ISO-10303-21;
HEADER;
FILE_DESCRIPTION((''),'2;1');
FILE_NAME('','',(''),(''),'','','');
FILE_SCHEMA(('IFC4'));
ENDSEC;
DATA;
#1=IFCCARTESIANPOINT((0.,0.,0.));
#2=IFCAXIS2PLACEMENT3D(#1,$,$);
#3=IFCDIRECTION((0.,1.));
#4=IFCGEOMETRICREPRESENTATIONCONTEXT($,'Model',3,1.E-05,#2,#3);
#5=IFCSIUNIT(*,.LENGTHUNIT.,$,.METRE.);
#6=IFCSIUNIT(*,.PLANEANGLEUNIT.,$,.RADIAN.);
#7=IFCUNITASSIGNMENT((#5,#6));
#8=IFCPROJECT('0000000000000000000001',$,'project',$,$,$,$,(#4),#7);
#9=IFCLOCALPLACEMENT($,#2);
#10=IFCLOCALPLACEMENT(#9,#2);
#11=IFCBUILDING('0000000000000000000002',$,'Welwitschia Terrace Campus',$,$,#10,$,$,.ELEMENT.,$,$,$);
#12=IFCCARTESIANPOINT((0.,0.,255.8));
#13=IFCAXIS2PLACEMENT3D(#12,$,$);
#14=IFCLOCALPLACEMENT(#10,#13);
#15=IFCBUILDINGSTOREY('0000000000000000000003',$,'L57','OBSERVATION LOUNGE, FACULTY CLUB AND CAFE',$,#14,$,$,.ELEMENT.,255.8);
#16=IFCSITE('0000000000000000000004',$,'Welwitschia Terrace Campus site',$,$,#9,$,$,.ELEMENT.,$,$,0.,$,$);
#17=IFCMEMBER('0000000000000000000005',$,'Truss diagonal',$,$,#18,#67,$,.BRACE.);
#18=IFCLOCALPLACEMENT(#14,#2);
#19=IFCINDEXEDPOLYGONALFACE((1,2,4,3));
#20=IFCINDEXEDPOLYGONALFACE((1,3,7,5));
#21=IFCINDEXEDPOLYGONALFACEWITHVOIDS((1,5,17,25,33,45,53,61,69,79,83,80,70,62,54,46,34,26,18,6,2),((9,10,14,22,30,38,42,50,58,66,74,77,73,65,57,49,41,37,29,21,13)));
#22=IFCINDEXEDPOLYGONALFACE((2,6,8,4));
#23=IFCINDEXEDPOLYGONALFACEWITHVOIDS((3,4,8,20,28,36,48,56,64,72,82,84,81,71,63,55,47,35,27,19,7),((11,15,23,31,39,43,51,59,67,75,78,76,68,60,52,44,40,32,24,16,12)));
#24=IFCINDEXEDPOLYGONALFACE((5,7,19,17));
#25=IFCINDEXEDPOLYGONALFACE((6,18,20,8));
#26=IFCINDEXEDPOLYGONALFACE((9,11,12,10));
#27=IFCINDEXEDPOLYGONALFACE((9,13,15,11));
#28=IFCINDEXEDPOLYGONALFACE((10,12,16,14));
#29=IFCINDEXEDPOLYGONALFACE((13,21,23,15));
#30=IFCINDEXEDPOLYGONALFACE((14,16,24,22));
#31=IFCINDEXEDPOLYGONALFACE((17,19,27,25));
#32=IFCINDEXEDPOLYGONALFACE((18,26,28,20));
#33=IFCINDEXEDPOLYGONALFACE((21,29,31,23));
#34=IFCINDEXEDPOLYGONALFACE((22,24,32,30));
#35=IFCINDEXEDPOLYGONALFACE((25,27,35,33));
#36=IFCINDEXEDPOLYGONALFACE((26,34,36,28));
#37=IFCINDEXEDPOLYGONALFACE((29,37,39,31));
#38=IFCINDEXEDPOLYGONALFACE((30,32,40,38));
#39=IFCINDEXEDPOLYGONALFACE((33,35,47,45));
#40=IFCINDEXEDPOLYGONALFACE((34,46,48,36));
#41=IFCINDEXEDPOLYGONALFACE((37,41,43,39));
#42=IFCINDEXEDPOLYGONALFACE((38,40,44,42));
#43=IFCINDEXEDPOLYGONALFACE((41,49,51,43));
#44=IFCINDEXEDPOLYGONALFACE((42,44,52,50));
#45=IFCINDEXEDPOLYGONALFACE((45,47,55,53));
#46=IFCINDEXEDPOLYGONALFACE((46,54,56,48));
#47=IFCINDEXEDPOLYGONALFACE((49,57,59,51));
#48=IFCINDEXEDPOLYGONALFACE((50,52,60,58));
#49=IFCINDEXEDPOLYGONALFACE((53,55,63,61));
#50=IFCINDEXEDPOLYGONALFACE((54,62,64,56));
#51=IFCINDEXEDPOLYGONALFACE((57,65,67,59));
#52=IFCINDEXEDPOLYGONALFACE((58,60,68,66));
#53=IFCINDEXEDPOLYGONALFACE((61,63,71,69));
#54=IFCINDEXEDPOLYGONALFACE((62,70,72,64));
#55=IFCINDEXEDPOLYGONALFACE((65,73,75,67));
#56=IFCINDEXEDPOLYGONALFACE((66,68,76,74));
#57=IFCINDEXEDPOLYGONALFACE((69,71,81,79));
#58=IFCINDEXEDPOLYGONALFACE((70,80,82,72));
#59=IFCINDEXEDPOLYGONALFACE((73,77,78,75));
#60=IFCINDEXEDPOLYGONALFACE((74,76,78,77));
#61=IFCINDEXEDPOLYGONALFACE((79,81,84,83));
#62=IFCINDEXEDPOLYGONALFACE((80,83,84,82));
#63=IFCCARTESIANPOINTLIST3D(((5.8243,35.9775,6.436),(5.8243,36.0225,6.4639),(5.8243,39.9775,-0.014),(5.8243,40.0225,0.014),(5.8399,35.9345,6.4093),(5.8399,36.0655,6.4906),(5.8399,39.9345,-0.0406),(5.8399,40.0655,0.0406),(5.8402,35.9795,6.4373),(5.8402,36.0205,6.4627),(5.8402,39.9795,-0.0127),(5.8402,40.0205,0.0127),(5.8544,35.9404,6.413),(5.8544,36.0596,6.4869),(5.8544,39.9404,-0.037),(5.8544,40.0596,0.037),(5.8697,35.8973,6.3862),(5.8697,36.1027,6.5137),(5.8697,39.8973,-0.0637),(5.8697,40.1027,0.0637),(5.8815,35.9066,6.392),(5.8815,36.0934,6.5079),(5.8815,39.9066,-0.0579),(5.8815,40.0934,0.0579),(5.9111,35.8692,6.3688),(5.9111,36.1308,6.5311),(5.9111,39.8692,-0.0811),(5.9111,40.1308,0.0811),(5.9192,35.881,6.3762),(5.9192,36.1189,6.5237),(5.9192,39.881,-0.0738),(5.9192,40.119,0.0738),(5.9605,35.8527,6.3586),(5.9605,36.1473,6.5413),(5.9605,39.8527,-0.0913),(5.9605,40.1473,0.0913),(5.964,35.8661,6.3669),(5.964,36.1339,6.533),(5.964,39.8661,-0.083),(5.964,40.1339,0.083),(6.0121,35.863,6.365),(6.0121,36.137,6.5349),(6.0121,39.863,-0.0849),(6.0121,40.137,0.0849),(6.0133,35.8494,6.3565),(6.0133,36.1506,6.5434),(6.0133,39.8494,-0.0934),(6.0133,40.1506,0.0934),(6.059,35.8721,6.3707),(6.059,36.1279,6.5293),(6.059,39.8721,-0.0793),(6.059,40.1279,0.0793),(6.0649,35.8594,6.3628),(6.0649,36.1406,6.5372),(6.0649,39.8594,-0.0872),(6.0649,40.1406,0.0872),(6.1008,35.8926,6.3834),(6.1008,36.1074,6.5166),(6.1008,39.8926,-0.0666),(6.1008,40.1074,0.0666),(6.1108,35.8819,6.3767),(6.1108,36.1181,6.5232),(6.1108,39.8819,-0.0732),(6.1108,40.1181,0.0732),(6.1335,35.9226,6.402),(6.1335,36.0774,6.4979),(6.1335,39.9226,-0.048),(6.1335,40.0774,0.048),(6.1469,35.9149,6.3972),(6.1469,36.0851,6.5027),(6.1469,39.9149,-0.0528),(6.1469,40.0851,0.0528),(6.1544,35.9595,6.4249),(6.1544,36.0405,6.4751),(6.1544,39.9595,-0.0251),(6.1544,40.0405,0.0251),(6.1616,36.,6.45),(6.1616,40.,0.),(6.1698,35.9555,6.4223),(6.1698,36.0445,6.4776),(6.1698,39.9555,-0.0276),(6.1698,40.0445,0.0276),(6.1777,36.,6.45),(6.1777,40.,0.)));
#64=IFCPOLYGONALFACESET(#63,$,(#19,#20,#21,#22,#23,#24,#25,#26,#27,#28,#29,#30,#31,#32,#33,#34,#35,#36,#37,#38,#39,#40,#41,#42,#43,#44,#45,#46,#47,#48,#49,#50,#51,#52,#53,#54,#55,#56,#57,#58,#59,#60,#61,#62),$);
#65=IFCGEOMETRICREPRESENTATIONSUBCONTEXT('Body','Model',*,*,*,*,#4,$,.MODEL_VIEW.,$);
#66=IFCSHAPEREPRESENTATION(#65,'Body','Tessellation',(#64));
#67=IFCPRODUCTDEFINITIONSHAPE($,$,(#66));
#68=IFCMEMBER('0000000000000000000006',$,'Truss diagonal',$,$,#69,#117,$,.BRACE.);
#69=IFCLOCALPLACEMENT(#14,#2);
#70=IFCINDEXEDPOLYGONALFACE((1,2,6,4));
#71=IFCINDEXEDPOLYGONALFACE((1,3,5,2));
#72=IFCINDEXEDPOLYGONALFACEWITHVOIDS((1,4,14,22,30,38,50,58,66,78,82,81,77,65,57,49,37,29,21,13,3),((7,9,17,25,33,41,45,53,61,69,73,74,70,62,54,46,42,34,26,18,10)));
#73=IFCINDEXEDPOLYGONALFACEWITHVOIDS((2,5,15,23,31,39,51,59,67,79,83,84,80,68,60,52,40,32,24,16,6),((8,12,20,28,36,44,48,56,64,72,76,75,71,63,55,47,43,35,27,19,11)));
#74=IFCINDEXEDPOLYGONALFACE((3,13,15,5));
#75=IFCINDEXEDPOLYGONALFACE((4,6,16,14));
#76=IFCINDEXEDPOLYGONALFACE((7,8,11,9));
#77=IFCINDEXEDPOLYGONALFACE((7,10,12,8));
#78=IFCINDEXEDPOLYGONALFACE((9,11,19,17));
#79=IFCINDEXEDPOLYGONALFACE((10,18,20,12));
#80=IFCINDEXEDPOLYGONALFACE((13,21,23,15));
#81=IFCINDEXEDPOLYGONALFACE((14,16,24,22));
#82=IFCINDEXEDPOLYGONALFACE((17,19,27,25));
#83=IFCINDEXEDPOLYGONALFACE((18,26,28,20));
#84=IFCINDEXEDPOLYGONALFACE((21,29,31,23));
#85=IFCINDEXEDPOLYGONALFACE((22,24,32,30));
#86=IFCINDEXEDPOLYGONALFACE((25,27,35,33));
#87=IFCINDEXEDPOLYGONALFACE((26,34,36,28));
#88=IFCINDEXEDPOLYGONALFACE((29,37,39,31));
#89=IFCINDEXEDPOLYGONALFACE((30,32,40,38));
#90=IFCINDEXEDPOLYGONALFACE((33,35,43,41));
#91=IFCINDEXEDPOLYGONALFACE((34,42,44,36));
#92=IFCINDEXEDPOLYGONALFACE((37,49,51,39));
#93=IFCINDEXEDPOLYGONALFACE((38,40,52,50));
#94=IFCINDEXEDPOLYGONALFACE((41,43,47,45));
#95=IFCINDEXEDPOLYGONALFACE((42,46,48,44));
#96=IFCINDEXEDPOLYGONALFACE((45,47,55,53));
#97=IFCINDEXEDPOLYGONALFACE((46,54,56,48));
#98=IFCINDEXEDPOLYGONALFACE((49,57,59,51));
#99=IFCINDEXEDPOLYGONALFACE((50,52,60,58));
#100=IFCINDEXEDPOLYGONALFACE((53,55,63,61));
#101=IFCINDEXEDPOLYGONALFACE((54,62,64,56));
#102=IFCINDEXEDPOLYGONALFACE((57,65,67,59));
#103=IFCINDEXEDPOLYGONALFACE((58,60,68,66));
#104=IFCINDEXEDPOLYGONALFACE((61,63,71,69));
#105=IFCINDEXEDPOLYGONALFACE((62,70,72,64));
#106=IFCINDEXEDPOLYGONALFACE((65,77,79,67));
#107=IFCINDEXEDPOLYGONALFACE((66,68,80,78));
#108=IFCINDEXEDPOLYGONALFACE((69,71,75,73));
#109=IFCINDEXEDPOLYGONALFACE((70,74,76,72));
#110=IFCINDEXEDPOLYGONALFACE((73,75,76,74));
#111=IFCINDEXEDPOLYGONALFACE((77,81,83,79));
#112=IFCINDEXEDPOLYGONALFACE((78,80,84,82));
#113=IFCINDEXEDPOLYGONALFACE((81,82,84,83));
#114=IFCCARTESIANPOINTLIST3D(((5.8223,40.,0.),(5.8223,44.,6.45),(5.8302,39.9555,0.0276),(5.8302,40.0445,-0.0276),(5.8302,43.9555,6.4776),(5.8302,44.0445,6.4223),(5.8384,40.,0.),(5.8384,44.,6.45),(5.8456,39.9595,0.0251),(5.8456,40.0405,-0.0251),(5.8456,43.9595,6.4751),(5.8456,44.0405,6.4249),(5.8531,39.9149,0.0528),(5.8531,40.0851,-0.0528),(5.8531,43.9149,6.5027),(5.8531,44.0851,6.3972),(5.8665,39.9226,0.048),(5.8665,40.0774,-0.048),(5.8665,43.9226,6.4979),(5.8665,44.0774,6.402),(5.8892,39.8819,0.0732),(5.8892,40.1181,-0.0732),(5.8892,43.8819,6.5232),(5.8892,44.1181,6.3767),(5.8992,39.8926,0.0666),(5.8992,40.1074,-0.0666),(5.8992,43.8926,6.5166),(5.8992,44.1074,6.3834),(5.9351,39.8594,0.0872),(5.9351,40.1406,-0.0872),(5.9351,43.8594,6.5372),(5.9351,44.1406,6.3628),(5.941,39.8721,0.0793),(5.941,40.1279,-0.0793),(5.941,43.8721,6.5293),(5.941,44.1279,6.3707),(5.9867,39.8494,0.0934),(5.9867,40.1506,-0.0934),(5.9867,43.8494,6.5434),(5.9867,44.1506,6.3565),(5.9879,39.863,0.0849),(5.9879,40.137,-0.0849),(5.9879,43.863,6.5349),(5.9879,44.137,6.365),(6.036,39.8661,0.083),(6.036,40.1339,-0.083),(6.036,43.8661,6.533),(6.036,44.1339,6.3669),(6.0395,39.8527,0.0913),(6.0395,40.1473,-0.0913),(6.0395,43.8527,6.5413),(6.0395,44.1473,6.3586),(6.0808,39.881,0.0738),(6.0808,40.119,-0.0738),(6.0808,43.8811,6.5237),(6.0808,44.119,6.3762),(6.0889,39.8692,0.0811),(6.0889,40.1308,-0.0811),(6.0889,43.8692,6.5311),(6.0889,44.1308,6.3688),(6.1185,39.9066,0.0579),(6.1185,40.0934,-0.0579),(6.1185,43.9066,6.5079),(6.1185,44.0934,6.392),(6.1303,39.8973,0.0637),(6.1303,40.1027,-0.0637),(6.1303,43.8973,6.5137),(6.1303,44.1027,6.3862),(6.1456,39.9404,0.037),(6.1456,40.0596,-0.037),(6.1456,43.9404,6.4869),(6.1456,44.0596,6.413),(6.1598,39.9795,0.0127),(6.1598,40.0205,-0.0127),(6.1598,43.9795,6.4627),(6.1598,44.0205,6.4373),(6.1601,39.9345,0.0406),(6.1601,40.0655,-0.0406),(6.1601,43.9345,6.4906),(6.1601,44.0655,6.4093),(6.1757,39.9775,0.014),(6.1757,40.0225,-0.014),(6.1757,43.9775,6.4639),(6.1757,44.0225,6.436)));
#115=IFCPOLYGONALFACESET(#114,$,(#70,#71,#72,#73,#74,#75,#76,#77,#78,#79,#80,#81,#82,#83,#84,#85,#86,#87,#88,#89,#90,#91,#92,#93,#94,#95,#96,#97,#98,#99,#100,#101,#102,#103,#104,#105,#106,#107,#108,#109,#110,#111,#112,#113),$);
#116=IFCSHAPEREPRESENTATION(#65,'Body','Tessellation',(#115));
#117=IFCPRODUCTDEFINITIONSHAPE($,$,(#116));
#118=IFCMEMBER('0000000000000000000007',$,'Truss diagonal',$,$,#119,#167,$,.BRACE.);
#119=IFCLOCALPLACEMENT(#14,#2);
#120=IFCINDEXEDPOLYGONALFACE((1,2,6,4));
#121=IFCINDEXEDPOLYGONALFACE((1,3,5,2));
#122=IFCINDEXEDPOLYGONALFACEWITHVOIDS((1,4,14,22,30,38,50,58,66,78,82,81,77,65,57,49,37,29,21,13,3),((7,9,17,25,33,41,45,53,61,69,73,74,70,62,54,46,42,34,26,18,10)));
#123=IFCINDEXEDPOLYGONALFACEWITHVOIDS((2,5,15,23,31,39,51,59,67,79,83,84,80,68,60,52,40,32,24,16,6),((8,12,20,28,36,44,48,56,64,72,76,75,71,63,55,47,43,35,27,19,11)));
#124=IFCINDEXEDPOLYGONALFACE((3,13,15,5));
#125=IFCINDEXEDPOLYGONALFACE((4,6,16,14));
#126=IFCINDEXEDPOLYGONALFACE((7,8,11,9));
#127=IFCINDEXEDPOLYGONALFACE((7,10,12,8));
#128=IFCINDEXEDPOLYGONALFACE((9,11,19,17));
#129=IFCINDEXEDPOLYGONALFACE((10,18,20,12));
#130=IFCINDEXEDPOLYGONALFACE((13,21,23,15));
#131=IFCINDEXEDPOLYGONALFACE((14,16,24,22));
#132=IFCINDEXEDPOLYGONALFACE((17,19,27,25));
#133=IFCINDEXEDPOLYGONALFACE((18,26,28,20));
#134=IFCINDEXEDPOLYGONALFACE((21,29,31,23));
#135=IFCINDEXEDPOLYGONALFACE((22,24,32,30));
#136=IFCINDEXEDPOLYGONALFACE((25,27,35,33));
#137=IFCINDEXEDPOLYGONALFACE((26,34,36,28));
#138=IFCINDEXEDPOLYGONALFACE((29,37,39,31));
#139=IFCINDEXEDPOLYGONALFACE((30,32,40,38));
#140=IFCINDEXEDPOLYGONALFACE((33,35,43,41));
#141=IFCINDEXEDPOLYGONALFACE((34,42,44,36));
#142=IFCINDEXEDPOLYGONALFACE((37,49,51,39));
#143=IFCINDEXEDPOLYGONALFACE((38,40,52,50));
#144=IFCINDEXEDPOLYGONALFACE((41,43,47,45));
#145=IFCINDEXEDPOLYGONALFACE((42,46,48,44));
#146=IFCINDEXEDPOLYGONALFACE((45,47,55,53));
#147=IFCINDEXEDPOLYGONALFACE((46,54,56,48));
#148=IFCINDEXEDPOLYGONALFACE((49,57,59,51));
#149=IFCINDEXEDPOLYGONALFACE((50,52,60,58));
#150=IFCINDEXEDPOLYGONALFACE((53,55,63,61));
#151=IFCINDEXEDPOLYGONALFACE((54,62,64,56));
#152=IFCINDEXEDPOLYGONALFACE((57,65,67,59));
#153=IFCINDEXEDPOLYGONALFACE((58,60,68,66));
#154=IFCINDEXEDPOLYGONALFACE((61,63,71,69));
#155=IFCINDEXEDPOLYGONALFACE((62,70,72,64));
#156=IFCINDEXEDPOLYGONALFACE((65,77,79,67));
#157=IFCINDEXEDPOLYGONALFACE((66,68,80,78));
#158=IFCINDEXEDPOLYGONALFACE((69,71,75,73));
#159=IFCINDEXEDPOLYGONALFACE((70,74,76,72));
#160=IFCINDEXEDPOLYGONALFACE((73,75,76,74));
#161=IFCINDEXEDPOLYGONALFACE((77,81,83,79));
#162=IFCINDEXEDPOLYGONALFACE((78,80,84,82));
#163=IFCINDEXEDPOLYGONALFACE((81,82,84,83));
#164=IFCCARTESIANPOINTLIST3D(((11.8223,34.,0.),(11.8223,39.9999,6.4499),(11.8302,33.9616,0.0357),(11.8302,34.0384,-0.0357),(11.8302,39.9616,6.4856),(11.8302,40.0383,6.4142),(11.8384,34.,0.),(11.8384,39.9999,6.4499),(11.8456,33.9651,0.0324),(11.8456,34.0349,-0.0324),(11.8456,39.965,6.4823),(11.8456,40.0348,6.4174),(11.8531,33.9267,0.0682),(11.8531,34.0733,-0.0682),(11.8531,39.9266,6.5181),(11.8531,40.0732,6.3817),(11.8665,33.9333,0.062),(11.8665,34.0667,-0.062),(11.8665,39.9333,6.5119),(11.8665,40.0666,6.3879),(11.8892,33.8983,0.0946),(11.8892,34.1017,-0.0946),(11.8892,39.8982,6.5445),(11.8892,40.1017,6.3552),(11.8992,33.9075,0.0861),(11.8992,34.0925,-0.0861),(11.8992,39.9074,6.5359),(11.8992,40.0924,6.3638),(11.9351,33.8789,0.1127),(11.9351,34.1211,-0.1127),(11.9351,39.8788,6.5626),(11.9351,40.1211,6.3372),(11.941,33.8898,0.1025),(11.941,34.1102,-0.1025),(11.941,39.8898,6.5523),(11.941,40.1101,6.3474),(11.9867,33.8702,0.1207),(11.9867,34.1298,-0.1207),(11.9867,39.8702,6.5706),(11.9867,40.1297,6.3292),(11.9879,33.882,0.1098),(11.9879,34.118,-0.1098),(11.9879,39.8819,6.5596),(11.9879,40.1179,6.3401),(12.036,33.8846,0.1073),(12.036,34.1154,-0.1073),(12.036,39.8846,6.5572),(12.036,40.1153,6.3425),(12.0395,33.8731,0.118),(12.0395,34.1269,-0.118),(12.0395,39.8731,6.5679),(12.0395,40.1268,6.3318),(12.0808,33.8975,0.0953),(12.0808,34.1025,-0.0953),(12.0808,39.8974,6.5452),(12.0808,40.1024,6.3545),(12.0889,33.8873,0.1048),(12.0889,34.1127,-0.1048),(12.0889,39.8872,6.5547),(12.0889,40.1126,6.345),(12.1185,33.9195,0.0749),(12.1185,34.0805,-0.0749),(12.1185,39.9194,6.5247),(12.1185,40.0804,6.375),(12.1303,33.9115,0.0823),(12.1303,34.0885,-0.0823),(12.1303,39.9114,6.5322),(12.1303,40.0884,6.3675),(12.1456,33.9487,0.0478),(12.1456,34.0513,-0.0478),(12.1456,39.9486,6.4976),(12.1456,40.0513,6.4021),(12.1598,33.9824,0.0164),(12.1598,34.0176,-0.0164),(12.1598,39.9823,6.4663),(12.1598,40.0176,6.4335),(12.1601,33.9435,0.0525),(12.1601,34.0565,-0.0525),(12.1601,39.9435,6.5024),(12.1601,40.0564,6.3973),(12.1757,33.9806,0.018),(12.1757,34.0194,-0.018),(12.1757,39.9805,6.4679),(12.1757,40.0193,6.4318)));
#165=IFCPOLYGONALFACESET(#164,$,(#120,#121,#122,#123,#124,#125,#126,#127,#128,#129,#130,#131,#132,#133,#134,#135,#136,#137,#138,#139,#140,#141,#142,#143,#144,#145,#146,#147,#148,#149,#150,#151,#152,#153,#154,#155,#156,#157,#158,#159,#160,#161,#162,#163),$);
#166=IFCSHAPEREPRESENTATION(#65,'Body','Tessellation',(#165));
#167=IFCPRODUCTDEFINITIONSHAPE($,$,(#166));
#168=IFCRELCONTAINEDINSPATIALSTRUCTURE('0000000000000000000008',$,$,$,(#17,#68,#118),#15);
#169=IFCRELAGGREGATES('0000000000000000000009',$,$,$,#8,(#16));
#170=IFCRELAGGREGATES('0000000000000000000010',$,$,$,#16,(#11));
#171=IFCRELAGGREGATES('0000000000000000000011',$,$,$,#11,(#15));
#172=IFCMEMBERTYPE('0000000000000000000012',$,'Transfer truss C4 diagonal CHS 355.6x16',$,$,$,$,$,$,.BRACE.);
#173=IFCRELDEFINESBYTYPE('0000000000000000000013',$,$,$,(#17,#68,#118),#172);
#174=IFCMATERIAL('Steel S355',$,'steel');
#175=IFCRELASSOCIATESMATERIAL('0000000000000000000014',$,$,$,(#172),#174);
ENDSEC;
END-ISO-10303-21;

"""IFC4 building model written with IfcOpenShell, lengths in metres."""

from ifc_helpers import new_model, si_unit, direction, frame, origin, origin_2d, place, context, subcontext, project, spatial, hollow_circle, extrude, material, material_profile, profile_set, type_object, element, save


model = new_model("IFC4")

# Units and contexts
model_context = context("Model", 3, precision=1e-05, world=origin(), true_north=direction((0.0, 1.0)))
body_context = subcontext(model_context, "Body", "Model", "MODEL_VIEW")
ifc_project = project(units=[si_unit("LENGTHUNIT", "METRE"), si_unit("PLANEANGLEUNIT", "RADIAN")], contexts=[model_context])

# Site, building, storey
site_placement = place(None, origin())
site = spatial("IfcSite", under=ifc_project, at=site_placement, Name="Welwitschia Terrace Campus site", CompositionType="ELEMENT", RefElevation=0.0)
building_placement = place(site_placement, origin())
building = spatial("IfcBuilding", under=site, at=building_placement, Name="Welwitschia Terrace Campus", CompositionType="ELEMENT")
storey_placement = place(building_placement, frame((0.0, 0.0, 255.8)))
storey = spatial("IfcBuildingStorey", under=building, at=storey_placement, Name="L57", Description="OBSERVATION LOUNGE, FACULTY CLUB AND CAFE", CompositionType="ELEMENT", Elevation=255.8)

# Members
ifc_material_1 = material(Name="Steel S355", Category="steel")
ifc_material_profile_1 = material_profile(ifc_material_1, hollow_circle(Radius=0.1777, WallThickness=0.0161, at=origin_2d()))
ifc_profile_set_1 = profile_set([ifc_material_profile_1], Name="Steel S355")
member_type_1 = type_object("IfcMemberType", Name="Transfer truss C4 diagonal CHS 355.6x16", PredefinedType="BRACE", material=ifc_profile_set_1)
for number, where, z_axis, x_axis, name in (
    (1, (6.0, 40.0, 0.0), (0.0, -0.527038, 0.849842), (1.0, 0.0, 0.0), "Truss diagonal"),
    (2, (6.0, 40.0, 0.0), (0.0, 0.527038, 0.849842), (-1.0, 0.0, 0.0), "Truss diagonal"),
):
    element("IfcMember", number, at=place(storey_placement, frame(where, z_axis=z_axis, x_axis=x_axis)), inside=storey, type_object=member_type_1, Name=name, PredefinedType="BRACE", context=body_context, shape_type="SweptSolid", body=[
        extrude(hollow_circle(Radius=0.1777, WallThickness=0.0161, at=origin_2d()), origin(), (0.0, 0.0, 1.0), 7.5896),
    ])
member_1_placement = place(storey_placement, frame((12.0, 34.0, 0.0), z_axis=(0.0, 0.681107, 0.732184), x_axis=(-1.0, 0.0, 0.0)))
element("IfcMember", 3, at=member_1_placement, inside=storey, type_object=member_type_1, Name="Truss diagonal", PredefinedType="BRACE", context=body_context, shape_type="SweptSolid", body=[
    extrude(hollow_circle(Radius=0.1777, WallThickness=0.0161, at=origin_2d()), origin(), (0.0, 0.0, 1.0), 8.8091),
])

save(model, "model.ifc")
